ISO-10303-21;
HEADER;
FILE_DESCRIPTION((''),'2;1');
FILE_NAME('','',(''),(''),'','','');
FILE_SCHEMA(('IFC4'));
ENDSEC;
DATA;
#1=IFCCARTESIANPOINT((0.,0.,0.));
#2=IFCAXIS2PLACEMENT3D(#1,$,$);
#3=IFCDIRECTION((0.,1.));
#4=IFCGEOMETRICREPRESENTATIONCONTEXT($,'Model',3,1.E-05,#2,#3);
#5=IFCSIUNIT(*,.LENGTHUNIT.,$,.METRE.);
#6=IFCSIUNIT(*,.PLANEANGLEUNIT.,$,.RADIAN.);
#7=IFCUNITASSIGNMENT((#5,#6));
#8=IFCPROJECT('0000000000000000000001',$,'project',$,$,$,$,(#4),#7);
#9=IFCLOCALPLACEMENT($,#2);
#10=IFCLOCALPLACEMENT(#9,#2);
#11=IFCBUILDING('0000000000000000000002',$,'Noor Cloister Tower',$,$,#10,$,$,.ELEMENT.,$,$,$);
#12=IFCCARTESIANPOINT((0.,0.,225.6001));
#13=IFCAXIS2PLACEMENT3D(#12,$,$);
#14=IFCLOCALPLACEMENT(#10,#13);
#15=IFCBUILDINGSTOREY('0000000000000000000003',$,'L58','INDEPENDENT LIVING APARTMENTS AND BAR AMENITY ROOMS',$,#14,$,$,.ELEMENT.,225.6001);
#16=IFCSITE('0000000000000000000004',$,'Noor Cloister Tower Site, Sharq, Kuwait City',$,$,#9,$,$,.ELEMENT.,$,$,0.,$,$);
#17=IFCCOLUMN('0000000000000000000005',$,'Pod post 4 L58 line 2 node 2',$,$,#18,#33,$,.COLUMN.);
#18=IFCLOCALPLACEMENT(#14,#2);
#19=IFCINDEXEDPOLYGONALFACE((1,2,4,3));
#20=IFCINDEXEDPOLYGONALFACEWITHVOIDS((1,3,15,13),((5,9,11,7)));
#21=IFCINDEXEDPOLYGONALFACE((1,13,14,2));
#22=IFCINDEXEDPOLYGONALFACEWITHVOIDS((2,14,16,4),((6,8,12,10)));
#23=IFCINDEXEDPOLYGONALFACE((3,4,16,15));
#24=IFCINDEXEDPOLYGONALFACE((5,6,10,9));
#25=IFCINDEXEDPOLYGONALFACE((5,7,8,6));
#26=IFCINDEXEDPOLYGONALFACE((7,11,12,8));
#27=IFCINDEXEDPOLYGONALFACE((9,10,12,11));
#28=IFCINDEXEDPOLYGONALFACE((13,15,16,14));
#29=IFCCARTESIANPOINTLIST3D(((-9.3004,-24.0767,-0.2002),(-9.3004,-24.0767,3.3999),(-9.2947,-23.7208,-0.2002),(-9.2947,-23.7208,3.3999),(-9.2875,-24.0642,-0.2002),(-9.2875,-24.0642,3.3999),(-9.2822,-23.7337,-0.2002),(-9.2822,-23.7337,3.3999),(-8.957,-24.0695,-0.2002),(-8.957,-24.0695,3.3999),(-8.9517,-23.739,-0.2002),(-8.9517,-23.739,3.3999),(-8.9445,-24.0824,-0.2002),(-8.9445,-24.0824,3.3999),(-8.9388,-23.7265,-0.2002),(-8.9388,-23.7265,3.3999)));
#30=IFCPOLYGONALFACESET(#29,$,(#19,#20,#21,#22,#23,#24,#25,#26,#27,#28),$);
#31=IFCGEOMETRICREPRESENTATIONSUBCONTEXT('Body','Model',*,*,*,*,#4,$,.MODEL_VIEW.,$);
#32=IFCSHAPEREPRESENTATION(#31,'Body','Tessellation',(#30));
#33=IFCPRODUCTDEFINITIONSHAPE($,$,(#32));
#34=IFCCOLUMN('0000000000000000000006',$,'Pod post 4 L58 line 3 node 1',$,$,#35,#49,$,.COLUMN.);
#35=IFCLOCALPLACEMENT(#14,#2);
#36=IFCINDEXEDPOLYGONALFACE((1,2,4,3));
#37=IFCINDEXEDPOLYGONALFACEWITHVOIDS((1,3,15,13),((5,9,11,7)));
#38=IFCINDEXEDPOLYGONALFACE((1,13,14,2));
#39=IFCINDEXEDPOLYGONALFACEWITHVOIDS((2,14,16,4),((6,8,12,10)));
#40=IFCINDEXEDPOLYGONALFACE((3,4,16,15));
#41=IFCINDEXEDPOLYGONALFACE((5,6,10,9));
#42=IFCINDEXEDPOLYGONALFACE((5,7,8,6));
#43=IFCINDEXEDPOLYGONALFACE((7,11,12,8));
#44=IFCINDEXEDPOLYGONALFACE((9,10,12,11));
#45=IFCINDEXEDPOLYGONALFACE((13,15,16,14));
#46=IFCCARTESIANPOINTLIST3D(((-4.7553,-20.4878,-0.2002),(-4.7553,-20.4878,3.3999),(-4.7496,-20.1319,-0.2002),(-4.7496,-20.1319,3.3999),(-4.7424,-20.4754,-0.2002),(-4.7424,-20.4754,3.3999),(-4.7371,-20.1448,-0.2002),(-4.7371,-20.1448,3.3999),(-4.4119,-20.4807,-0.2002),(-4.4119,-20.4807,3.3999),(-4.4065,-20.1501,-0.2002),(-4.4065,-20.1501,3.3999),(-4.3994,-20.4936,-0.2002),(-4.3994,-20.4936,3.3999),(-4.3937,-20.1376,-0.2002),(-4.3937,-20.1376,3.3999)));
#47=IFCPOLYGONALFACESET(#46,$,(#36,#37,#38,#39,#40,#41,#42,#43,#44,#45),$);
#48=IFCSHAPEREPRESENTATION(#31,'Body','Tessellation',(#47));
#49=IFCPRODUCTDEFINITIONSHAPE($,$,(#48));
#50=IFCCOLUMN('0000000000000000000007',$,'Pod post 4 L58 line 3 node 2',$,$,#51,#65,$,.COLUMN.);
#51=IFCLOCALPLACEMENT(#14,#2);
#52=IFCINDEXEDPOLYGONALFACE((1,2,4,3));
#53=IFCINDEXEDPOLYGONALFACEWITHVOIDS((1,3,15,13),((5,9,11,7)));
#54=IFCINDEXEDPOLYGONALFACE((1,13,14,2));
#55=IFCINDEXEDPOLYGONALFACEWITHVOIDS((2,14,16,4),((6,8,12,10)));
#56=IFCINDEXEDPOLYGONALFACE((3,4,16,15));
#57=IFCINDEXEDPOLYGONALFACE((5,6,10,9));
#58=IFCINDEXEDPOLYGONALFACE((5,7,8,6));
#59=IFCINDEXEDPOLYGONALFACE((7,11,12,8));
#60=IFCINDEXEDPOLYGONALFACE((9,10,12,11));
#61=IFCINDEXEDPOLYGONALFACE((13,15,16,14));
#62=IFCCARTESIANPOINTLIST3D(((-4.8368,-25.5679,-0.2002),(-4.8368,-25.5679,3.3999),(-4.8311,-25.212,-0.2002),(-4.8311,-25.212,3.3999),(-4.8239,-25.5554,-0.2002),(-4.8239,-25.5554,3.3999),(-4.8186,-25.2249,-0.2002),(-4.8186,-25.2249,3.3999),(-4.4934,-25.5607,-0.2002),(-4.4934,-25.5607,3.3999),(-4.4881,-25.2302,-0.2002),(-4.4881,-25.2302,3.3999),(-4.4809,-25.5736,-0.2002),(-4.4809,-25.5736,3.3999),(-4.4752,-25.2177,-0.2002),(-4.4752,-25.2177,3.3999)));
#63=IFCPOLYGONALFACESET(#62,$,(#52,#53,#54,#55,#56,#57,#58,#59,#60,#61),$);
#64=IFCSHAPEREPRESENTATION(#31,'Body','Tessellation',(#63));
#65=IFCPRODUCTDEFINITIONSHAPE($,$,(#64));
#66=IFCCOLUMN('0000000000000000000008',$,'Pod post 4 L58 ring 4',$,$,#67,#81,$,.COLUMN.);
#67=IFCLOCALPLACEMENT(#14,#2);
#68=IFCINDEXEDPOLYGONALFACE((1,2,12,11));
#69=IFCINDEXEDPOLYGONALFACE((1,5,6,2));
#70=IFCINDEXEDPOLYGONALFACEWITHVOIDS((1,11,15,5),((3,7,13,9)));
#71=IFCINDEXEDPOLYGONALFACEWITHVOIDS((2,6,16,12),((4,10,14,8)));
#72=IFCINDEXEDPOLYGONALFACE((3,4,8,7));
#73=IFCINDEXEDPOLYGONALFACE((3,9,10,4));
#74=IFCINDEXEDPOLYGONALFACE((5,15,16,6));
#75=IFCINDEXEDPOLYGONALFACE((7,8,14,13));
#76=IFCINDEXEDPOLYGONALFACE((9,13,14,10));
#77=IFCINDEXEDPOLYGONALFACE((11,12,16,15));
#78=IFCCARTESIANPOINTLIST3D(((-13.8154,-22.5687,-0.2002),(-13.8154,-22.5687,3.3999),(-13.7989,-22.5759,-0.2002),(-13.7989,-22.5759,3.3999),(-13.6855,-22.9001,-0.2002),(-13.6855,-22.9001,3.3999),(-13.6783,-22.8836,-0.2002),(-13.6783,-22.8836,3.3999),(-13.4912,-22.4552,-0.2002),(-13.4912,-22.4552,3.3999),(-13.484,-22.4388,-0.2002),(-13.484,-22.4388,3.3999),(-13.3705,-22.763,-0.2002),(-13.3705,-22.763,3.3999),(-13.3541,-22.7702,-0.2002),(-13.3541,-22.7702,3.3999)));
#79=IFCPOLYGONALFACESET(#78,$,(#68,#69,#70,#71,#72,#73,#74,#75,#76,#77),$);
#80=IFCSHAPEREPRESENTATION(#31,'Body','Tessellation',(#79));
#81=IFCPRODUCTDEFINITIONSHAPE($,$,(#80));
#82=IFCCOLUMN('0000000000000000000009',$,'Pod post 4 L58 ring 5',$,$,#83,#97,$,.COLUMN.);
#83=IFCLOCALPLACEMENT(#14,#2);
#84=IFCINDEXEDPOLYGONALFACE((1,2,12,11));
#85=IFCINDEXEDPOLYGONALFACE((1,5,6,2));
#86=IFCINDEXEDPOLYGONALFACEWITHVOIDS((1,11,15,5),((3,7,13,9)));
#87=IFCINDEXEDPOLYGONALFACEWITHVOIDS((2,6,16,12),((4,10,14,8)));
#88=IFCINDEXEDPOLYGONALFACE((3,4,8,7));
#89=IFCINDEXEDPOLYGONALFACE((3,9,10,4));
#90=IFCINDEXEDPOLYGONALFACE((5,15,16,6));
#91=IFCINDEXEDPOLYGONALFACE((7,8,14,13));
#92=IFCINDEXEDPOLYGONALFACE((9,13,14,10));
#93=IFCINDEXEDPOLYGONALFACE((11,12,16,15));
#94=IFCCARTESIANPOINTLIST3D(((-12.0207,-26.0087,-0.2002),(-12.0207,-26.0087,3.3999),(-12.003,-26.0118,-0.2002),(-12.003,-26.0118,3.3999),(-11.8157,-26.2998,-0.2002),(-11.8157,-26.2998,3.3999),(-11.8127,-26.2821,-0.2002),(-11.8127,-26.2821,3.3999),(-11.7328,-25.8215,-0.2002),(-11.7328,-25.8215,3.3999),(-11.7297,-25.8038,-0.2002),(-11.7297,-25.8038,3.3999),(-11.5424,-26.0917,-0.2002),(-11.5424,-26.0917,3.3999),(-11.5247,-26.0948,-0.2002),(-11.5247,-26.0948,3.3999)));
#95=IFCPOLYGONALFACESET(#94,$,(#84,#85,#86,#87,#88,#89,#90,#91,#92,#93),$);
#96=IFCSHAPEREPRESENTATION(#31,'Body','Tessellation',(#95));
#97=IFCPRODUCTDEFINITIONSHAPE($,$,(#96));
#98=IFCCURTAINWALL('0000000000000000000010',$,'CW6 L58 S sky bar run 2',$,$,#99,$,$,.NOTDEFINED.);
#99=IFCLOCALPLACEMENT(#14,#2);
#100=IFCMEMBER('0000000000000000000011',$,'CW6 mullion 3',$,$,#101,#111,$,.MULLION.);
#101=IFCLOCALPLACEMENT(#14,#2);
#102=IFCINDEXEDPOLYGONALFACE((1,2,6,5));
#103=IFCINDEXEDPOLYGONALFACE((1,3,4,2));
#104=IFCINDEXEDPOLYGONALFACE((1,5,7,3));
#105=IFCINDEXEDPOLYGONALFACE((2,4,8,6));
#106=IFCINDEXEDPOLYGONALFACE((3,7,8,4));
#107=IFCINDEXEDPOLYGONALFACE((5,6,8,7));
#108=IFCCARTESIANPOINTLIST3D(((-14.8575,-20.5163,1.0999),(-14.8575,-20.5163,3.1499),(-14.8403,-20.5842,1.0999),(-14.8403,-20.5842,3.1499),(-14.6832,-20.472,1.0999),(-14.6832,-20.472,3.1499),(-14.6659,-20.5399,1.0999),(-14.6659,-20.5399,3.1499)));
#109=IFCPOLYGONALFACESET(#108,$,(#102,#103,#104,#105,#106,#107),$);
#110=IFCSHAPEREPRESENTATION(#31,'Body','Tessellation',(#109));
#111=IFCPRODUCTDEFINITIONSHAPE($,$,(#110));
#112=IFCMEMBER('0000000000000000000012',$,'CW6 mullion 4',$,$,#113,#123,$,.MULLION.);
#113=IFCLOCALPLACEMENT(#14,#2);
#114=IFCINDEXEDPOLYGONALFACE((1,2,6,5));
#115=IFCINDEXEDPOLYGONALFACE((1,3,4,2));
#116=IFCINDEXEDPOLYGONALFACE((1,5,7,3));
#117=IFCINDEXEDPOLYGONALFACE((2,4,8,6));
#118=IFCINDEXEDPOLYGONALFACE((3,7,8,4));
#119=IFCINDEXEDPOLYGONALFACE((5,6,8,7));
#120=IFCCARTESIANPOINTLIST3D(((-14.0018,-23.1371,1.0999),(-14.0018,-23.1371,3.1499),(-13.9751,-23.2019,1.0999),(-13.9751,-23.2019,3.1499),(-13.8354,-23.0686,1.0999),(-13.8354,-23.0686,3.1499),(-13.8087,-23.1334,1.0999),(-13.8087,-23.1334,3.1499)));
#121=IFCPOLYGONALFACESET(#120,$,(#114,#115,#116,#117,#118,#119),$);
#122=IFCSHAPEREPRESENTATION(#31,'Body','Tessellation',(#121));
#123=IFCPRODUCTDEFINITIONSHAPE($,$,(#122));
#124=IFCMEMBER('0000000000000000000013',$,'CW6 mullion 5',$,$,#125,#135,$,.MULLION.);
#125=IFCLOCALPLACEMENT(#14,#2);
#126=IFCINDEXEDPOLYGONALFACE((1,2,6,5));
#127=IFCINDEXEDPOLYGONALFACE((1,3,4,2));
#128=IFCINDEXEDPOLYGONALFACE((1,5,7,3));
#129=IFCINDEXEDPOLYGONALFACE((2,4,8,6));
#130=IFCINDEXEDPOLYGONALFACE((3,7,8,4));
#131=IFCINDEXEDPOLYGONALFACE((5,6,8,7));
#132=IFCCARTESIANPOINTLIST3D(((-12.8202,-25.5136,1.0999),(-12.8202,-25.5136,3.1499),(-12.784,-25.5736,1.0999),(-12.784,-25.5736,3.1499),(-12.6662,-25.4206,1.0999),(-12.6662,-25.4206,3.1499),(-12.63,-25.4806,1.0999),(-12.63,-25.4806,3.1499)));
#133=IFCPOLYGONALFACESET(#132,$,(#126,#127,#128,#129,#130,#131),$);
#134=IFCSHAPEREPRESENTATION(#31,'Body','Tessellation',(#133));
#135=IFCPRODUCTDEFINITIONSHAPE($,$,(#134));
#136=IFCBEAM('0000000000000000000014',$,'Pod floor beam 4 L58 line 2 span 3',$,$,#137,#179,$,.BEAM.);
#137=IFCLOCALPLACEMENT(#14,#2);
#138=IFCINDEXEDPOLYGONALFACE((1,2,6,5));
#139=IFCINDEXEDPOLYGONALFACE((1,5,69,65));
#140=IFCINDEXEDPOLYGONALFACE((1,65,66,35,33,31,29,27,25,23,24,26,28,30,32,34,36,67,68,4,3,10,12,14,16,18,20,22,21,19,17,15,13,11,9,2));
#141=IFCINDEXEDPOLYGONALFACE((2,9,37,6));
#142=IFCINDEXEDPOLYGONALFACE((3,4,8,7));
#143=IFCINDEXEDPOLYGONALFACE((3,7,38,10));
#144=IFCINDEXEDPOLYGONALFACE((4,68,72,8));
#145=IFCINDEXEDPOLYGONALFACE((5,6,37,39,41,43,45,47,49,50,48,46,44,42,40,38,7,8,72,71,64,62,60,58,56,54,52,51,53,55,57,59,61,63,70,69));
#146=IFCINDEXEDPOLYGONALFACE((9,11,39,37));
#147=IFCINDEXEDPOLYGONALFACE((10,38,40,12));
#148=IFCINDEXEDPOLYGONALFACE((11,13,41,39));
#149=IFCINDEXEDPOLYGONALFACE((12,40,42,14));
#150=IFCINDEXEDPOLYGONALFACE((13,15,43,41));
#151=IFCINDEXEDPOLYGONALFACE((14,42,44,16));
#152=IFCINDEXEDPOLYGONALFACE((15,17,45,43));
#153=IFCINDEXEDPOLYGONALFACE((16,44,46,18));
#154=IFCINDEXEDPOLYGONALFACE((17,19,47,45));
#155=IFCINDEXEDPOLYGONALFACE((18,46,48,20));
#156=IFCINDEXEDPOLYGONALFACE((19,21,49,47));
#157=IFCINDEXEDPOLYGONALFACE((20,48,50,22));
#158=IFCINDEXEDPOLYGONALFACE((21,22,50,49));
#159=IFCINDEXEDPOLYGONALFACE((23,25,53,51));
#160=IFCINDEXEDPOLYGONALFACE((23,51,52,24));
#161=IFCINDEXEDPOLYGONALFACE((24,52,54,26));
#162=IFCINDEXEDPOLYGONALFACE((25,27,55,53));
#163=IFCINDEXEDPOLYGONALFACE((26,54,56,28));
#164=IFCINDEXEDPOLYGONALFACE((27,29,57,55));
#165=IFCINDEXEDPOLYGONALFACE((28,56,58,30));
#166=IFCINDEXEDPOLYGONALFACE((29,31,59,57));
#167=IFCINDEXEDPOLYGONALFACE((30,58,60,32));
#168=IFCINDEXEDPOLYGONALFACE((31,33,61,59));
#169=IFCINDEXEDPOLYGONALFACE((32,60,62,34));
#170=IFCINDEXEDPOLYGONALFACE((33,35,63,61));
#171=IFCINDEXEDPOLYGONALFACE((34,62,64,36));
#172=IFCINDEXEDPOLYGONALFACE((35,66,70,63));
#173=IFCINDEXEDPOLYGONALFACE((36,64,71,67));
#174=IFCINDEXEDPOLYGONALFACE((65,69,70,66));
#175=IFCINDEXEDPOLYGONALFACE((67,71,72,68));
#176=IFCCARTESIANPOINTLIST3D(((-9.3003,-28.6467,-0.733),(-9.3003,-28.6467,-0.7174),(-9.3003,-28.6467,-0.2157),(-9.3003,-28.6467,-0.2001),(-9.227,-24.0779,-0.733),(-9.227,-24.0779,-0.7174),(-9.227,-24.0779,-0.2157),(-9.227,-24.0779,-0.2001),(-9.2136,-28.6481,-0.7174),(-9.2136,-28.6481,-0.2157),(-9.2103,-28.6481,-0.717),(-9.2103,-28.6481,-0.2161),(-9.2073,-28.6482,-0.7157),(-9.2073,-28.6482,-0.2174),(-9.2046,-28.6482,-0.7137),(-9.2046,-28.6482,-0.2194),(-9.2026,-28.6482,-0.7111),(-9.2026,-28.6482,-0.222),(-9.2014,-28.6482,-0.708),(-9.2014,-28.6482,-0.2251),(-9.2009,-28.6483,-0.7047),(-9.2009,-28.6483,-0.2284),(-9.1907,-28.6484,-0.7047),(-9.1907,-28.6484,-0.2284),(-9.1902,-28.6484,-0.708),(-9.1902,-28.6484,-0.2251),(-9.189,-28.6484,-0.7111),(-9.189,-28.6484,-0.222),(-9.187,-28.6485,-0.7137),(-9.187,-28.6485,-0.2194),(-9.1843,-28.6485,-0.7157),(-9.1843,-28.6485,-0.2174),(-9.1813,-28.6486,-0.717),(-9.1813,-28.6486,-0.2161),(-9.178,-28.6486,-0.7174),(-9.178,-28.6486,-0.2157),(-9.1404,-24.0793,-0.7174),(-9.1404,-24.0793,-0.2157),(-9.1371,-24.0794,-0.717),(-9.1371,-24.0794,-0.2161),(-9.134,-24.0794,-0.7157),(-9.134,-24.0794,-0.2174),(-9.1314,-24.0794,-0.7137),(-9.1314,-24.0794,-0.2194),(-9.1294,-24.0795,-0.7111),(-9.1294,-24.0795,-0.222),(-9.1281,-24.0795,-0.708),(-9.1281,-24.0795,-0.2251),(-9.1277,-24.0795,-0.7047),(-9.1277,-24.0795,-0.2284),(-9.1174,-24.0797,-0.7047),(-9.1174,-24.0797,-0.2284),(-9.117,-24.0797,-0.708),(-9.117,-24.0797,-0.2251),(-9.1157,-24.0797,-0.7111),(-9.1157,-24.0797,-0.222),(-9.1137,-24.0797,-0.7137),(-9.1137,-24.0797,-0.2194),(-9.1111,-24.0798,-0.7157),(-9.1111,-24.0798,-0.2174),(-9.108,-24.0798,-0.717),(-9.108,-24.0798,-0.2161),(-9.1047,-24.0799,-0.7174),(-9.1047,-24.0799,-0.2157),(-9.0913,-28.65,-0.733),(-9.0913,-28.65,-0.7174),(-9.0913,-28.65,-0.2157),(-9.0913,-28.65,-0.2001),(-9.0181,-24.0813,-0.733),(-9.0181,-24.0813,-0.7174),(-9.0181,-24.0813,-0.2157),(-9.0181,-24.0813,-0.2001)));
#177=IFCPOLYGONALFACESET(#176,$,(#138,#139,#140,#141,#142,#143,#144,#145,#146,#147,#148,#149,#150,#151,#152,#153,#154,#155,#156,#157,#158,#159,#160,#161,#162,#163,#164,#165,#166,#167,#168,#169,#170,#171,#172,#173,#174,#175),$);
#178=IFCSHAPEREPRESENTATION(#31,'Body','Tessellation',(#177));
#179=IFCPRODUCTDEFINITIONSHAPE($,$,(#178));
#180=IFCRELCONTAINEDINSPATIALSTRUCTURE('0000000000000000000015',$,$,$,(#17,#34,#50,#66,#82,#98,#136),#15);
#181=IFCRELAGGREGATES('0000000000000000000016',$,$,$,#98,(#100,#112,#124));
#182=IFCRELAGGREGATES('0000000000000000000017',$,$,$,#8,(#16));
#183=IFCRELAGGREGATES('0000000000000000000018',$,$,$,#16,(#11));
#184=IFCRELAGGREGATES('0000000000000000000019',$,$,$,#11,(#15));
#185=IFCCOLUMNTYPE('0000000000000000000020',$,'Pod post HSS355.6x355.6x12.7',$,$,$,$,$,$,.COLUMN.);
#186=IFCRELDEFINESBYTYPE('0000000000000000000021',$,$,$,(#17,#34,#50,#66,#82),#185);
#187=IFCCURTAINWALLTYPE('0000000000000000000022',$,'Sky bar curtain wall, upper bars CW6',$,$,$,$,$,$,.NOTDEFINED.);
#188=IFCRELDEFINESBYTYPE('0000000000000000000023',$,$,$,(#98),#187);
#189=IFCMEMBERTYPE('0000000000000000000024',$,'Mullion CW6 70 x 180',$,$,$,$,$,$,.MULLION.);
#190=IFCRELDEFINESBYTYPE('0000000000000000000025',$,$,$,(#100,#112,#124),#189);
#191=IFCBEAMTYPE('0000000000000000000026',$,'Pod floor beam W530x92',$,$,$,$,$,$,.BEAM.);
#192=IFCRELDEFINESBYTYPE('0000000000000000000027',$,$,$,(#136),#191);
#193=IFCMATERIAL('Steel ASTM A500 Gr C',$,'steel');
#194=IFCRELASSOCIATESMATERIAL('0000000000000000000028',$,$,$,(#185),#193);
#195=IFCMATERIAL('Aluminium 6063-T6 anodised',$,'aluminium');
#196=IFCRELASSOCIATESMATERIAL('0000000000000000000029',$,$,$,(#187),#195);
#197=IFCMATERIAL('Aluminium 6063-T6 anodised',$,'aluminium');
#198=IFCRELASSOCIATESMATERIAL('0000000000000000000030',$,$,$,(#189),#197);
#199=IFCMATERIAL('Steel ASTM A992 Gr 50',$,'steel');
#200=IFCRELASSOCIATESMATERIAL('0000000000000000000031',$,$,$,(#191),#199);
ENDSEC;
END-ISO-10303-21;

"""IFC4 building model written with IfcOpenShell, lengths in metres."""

from ifc_helpers import new_model, si_unit, direction, frame, origin, origin_2d, place, context, subcontext, project, spatial, rectangle, hollow_rectangle, i_section, extrude, material, material_profile, profile_set, type_object, element, aggregate, save


model = new_model("IFC4")

# Units and contexts
model_context = context("Model", 3, precision=1e-05, world=origin(), true_north=direction((0.0, 1.0)))
body_context = subcontext(model_context, "Body", "Model", "MODEL_VIEW")
ifc_project = project(units=[si_unit("LENGTHUNIT", "METRE"), si_unit("PLANEANGLEUNIT", "RADIAN")], contexts=[model_context])

# Site, building, storey
site_placement = place(None, origin())
site = spatial("IfcSite", under=ifc_project, at=site_placement, Name="Noor Cloister Tower Site, Sharq, Kuwait City", CompositionType="ELEMENT", RefElevation=0.0)
building_placement = place(site_placement, origin())
building = spatial("IfcBuilding", under=site, at=building_placement, Name="Noor Cloister Tower", CompositionType="ELEMENT")
storey_placement = place(building_placement, frame((0.0, 0.0, 225.6001)))
storey = spatial("IfcBuildingStorey", under=building, at=storey_placement, Name="L58", Description="INDEPENDENT LIVING APARTMENTS AND BAR AMENITY ROOMS", CompositionType="ELEMENT", Elevation=225.6001)

# Columns
ifc_material_1 = material(Name="Steel ASTM A500 Gr C", Category="steel")
ifc_material_profile_1 = material_profile(ifc_material_1, hollow_rectangle(XDim=0.356, YDim=0.356, WallThickness=0.0127, at=origin_2d()), Name="HSS355.6x355.6x12.7")
ifc_profile_set_1 = profile_set([ifc_material_profile_1], Name="Steel ASTM A500 Gr C")
column_type = type_object("IfcColumnType", Name="Pod post HSS355.6x355.6x12.7", PredefinedType="COLUMN", material=ifc_profile_set_1)
for number, where, z_axis, x_axis, name in (
    (1, (-9.1196, -23.9016, -0.2002), (0.0, 0.0, 1.0), (-0.016039, -0.999871, 0.0), "Pod post 4 L58 line 2 node 2"),
    (2, (-4.5745, -20.3127, -0.2002), (0.0, 0.0, 1.0), (-0.016039, -0.999871, 0.0), "Pod post 4 L58 line 3 node 1"),
    (3, (-4.656, -25.3928, -0.2002), (0.0, 0.0, 1.0), (-0.016039, -0.999871, 0.0), "Pod post 4 L58 line 3 node 2"),
    (4, (-13.5847, -22.6694, -0.2002), (0.0, 0.0, 1.0), (0.364969, -0.93102, 0.0), "Pod post 4 L58 ring 4"),
    (5, (-11.7727, -26.0518, -0.2002), (0.0, 0.0, 1.0), (0.575844, -0.817559, 0.0), "Pod post 4 L58 ring 5"),
):
    element("IfcColumn", number, at=place(storey_placement, frame(where, z_axis=z_axis, x_axis=x_axis)), inside=storey, type_object=column_type, Name=name, PredefinedType="COLUMN", context=body_context, shape_type="SweptSolid", body=[
        extrude(hollow_rectangle(XDim=0.356, YDim=0.356, WallThickness=0.0127, at=origin_2d()), origin(), (0.0, 0.0, 1.0), 3.6001),
    ])

# Curtain wall, members
ifc_material_2 = material(Name="Aluminium 6063-T6 anodised", Category="aluminium")
curtain_wall_type = type_object("IfcCurtainWallType", Name="Sky bar curtain wall, upper bars CW6", PredefinedType="NOTDEFINED", material=ifc_material_2)
curtain_wall_placement = place(storey_placement, origin())
curtain_wall = element("IfcCurtainWall", 6, at=curtain_wall_placement, inside=storey, type_object=curtain_wall_type, Name="CW6 L58 S sky bar run 2", PredefinedType="NOTDEFINED")
ifc_material_3 = material(Name="Aluminium 6063-T6 anodised", Category="aluminium")
ifc_material_profile_2 = material_profile(ifc_material_3, rectangle(XDim=0.1799, YDim=0.0701, at=origin_2d()), Name="180 x 70 mullion")
ifc_profile_set_2 = profile_set([ifc_material_profile_2], Name="Aluminium 6063-T6 anodised")
member_type = type_object("IfcMemberType", Name="Mullion CW6 70 x 180", PredefinedType="MULLION", material=ifc_profile_set_2)
member_1_placement = place(storey_placement, frame((-14.7617, -20.5281, 1.0999), z_axis=(0.0, 0.0, 1.0), x_axis=(0.969193, 0.246301, 0.0)))
member_1 = element("IfcMember", 7, at=member_1_placement, type_object=member_type, Name="CW6 mullion 3", PredefinedType="MULLION", context=body_context, shape_type="SweptSolid", body=[
    extrude(rectangle(XDim=0.1799, YDim=0.0701, at=origin_2d()), origin(), (0.0, 0.0, 1.0), 2.05),
])
member_2_placement = place(storey_placement, frame((-13.9053, -23.1353, 1.0999), z_axis=(0.0, 0.0, 1.0), x_axis=(0.924752, 0.38057, 0.0)))
member_2 = element("IfcMember", 8, at=member_2_placement, type_object=member_type, Name="CW6 mullion 4", PredefinedType="MULLION", context=body_context, shape_type="SweptSolid", body=[
    extrude(rectangle(XDim=0.1799, YDim=0.0701, at=origin_2d()), origin(), (0.0, 0.0, 1.0), 2.05),
])
member_3_placement = place(storey_placement, frame((-12.7251, -25.4971, 1.0999), z_axis=(0.0, 0.0, 1.0), x_axis=(0.856104, 0.516804, 0.0)))
member_3 = element("IfcMember", 9, at=member_3_placement, type_object=member_type, Name="CW6 mullion 5", PredefinedType="MULLION", context=body_context, shape_type="SweptSolid", body=[
    extrude(rectangle(XDim=0.1799, YDim=0.0701, at=origin_2d()), origin(), (0.0, 0.0, 1.0), 2.05),
])

# Beam
ifc_material_4 = material(Name="Steel ASTM A992 Gr 50", Category="steel")
ifc_material_profile_3 = material_profile(ifc_material_4, i_section(OverallWidth=0.209, OverallDepth=0.533, WebThickness=0.0103, FlangeThickness=0.0156, FilletRadius=0.0127, at=origin_2d()), Name="W530x92")
ifc_profile_set_3 = profile_set([ifc_material_profile_3], Name="Steel ASTM A992 Gr 50")
beam_type = type_object("IfcBeamType", Name="Pod floor beam W530x92", PredefinedType="BEAM", material=ifc_profile_set_3)
beam_1_placement = place(storey_placement, frame((-9.1226, -24.0796, -0.4666), z_axis=(-0.016029, -0.999872, 0.0), x_axis=(0.999872, -0.016029, 0.0)))
element("IfcBeam", 10, at=beam_1_placement, inside=storey, type_object=beam_type, Name="Pod floor beam 4 L58 line 2 span 3", PredefinedType="BEAM", context=body_context, shape_type="SweptSolid", body=[
    extrude(i_section(OverallWidth=0.209, OverallDepth=0.533, WebThickness=0.0103, FlangeThickness=0.0156, FilletRadius=0.0127, at=origin_2d()), origin(), (0.0, 0.0, 1.0), 4.5693),
])

aggregate(curtain_wall, [member_1, member_2, member_3])

save(model, "model.ifc")
